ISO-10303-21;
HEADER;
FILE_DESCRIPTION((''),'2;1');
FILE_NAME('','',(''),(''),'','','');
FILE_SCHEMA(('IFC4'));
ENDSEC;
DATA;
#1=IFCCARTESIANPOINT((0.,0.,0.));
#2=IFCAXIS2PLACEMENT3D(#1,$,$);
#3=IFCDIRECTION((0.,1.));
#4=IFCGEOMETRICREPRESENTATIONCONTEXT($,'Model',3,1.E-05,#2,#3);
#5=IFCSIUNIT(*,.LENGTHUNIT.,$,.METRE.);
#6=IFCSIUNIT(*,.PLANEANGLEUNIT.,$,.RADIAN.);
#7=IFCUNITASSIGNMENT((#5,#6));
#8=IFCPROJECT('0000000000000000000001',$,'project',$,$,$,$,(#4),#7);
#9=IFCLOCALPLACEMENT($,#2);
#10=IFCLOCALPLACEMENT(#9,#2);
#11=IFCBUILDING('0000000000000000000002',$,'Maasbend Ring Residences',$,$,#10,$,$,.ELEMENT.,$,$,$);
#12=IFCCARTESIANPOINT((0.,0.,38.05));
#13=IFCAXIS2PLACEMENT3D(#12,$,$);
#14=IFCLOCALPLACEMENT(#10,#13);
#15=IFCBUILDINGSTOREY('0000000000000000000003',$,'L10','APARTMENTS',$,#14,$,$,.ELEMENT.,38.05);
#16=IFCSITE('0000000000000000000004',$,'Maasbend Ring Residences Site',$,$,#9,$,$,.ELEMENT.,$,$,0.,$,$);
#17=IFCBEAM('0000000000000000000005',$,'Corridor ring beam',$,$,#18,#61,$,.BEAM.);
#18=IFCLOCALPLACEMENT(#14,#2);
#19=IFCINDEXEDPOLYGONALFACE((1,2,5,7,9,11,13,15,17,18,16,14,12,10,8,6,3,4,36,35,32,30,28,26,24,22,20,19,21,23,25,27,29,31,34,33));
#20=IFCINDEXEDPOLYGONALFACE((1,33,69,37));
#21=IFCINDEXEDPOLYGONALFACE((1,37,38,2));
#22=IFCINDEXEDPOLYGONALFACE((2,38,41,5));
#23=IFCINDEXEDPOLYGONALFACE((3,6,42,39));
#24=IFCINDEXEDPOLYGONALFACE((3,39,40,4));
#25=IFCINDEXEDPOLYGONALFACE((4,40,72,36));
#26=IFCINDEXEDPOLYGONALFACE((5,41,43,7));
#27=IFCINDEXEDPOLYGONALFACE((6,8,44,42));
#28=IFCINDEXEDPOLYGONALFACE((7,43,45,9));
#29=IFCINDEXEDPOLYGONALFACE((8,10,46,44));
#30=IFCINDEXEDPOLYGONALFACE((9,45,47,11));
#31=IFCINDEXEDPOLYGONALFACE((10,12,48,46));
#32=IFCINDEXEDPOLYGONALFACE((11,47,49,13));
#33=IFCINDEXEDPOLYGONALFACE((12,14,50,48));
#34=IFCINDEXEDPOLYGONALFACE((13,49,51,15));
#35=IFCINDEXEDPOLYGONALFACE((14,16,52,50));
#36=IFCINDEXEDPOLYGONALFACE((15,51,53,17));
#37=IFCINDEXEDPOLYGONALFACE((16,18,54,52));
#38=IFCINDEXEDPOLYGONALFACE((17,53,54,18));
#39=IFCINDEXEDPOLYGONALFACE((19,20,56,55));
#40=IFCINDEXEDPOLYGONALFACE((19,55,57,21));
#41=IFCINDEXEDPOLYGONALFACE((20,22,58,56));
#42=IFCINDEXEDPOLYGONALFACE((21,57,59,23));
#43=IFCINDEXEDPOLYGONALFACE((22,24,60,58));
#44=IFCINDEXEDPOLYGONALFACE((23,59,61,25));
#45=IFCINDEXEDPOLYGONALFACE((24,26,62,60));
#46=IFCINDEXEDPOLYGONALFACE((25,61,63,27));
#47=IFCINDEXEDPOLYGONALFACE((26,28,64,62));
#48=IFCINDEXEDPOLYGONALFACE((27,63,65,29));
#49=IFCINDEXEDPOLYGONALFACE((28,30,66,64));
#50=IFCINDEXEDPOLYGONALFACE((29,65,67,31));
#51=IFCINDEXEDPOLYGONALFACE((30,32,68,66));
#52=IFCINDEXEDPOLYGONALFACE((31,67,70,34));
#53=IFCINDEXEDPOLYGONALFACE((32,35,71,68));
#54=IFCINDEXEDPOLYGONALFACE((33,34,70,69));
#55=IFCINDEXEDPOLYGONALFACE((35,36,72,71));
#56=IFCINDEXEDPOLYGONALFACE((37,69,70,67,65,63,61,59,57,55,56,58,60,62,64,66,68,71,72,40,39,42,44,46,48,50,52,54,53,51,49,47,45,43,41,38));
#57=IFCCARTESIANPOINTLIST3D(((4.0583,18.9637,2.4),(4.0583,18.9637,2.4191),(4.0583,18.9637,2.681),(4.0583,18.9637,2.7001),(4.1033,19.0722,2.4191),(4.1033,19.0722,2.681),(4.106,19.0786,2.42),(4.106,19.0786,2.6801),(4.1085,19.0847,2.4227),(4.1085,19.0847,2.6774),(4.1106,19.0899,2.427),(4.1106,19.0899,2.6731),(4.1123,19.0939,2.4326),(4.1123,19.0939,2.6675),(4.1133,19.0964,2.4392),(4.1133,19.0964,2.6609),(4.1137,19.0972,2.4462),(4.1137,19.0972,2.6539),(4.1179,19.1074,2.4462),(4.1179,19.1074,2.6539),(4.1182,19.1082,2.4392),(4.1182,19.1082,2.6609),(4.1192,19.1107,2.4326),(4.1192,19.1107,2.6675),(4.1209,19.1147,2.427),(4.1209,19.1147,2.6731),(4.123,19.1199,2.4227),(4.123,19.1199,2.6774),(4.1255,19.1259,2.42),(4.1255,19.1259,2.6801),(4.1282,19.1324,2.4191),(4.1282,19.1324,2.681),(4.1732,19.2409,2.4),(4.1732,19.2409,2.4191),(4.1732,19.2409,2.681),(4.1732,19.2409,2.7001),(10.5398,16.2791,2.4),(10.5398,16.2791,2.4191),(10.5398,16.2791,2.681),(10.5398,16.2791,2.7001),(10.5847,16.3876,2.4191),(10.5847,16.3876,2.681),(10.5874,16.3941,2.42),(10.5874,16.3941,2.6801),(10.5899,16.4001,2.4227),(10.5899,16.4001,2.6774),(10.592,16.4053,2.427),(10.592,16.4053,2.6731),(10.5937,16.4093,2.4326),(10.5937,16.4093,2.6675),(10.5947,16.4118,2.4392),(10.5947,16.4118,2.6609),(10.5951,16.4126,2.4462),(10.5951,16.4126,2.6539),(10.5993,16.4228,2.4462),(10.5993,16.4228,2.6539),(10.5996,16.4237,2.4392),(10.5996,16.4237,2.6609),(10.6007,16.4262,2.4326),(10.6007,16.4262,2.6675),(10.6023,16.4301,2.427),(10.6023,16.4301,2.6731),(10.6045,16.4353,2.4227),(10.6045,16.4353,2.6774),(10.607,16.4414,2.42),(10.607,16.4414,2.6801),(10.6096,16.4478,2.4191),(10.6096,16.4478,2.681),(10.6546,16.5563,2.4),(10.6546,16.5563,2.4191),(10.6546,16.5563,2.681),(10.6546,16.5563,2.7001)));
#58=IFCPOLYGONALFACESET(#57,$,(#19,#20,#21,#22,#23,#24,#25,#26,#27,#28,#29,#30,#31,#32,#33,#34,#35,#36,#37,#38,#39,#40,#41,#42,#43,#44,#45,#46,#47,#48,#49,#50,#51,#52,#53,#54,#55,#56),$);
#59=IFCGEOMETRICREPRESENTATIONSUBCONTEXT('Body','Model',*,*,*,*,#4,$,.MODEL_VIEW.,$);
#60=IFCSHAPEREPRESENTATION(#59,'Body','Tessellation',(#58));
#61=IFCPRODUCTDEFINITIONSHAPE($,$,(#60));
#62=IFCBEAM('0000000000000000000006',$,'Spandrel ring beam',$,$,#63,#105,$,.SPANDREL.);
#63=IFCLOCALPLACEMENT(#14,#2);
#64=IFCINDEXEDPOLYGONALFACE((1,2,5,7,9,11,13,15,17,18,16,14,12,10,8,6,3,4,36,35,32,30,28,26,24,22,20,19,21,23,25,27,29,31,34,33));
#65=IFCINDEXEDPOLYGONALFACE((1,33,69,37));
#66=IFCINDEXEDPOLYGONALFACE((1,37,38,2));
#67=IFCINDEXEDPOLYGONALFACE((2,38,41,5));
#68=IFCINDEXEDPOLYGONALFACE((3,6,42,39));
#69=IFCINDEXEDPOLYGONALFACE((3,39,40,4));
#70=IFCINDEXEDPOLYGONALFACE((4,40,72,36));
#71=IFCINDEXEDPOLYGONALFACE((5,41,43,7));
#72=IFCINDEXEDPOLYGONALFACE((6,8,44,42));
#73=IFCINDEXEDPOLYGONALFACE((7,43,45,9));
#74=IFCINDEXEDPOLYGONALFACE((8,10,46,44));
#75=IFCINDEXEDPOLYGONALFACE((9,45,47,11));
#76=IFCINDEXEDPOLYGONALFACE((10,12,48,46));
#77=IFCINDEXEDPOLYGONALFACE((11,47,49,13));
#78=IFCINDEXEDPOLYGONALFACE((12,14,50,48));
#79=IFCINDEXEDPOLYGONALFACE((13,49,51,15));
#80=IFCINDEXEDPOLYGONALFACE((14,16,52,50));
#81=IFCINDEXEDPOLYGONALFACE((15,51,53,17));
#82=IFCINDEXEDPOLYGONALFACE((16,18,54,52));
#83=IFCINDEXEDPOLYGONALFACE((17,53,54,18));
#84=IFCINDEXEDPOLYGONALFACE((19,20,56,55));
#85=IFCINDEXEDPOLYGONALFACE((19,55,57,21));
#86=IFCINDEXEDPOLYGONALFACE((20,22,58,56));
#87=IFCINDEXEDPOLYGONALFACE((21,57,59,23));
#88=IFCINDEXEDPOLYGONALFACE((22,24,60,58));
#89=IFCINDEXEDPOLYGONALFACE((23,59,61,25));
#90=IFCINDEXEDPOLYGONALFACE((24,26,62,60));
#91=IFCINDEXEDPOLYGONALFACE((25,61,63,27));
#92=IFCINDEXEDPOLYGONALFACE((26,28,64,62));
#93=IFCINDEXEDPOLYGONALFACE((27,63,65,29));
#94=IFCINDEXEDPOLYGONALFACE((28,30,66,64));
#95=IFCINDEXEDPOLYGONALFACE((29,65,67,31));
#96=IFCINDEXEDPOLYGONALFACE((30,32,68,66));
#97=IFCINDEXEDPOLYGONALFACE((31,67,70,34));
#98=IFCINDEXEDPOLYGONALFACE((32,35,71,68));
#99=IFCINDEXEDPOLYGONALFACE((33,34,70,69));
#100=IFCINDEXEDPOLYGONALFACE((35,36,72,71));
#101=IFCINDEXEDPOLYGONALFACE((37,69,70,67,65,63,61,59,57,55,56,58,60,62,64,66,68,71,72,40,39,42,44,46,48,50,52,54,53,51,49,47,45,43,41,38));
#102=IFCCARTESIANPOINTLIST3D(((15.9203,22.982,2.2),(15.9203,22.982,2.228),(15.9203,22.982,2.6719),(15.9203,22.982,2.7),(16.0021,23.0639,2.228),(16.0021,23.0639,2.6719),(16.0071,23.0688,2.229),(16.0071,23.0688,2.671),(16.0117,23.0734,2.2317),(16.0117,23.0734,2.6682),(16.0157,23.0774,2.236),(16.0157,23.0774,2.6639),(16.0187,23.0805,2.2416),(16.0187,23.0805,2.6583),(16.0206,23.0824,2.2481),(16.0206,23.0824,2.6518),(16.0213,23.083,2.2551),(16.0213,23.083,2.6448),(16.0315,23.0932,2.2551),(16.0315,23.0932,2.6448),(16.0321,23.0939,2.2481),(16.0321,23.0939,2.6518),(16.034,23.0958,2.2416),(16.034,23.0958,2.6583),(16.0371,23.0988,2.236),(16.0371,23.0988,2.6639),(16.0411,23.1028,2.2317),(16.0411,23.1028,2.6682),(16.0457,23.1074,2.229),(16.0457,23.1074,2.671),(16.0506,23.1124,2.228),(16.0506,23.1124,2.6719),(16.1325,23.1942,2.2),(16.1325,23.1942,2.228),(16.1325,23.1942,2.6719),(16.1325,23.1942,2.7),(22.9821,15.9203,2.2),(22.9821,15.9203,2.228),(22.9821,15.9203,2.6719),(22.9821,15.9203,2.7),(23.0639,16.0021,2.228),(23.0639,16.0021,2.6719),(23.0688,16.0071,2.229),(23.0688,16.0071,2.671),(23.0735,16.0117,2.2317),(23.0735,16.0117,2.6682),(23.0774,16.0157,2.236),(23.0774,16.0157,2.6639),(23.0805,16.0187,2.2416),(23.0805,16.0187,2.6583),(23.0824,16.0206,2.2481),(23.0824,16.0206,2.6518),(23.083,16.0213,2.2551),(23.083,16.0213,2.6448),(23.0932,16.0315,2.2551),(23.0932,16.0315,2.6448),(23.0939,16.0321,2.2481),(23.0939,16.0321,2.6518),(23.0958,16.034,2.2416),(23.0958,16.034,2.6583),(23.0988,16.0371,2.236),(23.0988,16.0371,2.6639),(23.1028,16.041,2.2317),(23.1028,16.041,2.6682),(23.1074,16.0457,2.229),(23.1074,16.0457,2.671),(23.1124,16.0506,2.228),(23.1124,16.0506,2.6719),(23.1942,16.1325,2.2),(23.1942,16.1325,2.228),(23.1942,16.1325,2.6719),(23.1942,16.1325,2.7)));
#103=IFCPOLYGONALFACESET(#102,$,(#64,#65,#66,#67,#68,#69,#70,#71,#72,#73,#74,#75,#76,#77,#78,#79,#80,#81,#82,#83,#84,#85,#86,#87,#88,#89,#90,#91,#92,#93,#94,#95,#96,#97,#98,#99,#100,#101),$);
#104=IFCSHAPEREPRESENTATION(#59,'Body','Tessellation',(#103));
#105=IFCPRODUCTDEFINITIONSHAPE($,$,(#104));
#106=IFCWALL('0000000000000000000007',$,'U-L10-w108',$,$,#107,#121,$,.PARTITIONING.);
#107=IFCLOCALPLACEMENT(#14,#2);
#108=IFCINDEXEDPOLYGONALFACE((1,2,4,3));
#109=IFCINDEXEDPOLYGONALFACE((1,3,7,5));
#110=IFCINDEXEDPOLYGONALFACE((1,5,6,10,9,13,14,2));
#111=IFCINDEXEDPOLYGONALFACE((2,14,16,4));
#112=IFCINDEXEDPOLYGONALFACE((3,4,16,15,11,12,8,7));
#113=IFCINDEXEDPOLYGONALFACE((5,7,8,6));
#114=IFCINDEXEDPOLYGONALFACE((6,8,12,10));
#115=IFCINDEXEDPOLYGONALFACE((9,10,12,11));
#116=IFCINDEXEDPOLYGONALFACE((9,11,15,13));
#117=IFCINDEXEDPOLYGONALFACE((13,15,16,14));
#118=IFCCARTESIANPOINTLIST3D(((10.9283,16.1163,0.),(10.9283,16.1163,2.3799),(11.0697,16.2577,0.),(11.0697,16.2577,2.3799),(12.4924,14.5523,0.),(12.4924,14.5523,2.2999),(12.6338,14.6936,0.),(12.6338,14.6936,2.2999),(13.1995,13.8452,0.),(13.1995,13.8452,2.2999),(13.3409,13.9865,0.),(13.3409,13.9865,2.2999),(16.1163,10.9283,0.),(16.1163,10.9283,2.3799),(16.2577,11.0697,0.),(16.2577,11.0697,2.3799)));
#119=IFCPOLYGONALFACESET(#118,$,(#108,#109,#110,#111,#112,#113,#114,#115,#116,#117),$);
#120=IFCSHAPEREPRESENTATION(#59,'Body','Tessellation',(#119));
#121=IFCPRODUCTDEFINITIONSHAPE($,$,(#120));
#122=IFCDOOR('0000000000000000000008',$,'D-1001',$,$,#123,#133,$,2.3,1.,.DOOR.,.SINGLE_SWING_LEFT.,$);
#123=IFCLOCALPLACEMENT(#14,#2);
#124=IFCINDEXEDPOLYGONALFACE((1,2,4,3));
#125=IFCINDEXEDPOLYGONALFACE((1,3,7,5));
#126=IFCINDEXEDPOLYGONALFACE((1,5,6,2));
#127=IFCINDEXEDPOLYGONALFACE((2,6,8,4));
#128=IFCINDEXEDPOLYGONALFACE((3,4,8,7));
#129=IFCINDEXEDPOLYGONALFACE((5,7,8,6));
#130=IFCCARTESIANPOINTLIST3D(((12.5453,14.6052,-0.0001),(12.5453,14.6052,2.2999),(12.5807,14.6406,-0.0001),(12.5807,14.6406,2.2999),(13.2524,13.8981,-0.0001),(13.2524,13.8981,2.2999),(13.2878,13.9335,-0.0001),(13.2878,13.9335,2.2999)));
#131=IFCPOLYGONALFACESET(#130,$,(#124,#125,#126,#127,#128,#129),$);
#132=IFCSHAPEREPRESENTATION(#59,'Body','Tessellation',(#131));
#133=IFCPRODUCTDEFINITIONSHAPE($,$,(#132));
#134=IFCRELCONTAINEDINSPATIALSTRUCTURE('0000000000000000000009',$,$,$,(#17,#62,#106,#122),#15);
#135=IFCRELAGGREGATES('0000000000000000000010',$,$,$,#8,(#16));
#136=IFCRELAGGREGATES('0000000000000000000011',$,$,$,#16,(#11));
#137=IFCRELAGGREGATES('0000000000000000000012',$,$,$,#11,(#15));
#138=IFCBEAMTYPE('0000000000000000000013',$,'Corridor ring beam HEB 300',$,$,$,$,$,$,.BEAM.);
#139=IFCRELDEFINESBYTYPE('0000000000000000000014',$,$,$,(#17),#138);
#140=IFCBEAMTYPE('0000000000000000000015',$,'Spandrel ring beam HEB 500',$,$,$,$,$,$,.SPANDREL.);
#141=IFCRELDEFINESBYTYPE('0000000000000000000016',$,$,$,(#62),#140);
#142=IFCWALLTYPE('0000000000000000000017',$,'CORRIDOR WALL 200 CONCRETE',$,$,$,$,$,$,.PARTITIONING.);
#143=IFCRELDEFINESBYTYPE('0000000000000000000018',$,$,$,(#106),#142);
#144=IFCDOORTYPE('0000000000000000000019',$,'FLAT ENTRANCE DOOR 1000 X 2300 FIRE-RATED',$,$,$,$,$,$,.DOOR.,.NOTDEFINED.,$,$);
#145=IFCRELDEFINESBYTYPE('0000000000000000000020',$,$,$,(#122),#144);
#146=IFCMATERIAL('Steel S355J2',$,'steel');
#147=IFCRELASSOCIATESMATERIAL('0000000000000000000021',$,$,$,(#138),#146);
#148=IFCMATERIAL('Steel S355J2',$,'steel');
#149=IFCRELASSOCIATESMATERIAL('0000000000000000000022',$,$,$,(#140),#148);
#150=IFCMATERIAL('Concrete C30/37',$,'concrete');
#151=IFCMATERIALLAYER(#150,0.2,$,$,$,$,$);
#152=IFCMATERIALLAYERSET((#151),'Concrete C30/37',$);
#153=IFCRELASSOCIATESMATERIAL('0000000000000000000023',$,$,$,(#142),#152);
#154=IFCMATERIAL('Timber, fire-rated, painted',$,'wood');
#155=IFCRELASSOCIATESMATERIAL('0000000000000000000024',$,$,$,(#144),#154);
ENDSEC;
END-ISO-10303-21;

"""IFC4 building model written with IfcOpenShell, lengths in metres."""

from ifc_helpers import new_model, si_unit, direction, frame, frame_2d, origin, origin_2d, place, context, subcontext, project, spatial, rectangle, i_section, extrude, material, layer, layer_set, material_profile, profile_set, type_object, element, fill, save


model = new_model("IFC4")

# Units and contexts
model_context = context("Model", 3, precision=1e-05, world=origin(), true_north=direction((0.0, 1.0)))
body_context = subcontext(model_context, "Body", "Model", "MODEL_VIEW")
ifc_project = project(units=[si_unit("LENGTHUNIT", "METRE"), si_unit("PLANEANGLEUNIT", "RADIAN")], contexts=[model_context])

# Site, building, storey
site_placement = place(None, origin())
site = spatial("IfcSite", under=ifc_project, at=site_placement, Name="Maasbend Ring Residences Site", CompositionType="ELEMENT", RefElevation=0.0)
building_placement = place(site_placement, origin())
building = spatial("IfcBuilding", under=site, at=building_placement, Name="Maasbend Ring Residences", CompositionType="ELEMENT")
storey_placement = place(building_placement, frame((0.0, 0.0, 38.05)))
storey = spatial("IfcBuildingStorey", under=building, at=storey_placement, Name="L10", Description="APARTMENTS", CompositionType="ELEMENT", Elevation=38.05)

# Beams
ifc_material_1 = material(Name="Steel S355J2", Category="steel")
ifc_material_profile_1 = material_profile(ifc_material_1, i_section(OverallWidth=0.3, OverallDepth=0.3, WebThickness=0.011, FlangeThickness=0.019, FilletRadius=0.0271, at=origin_2d()), Name="HEB 300")
ifc_profile_set_1 = profile_set([ifc_material_profile_1], Name="Steel S355J2")
beam_type_1 = type_object("IfcBeamType", Name="Corridor ring beam HEB 300", PredefinedType="BEAM", material=ifc_profile_set_1)
beam_1_placement = place(storey_placement, frame((10.5972, 16.4177, 2.55), z_axis=(-0.923886, 0.382667, 0.0), x_axis=(-0.382667, -0.923886, 0.0)))
element("IfcBeam", 1, at=beam_1_placement, inside=storey, type_object=beam_type_1, Name="Corridor ring beam", PredefinedType="BEAM", context=body_context, shape_type="SweptSolid", body=[
    extrude(i_section(OverallWidth=0.3, OverallDepth=0.3, WebThickness=0.011, FlangeThickness=0.019, FilletRadius=0.0271, at=origin_2d()), origin(), (0.0, 0.0, 1.0), 7.0154),
])
ifc_material_2 = material(Name="Steel S355J2", Category="steel")
ifc_material_profile_2 = material_profile(ifc_material_2, i_section(OverallWidth=0.3, OverallDepth=0.5, WebThickness=0.0144, FlangeThickness=0.0281, FilletRadius=0.0271, at=origin_2d()), Name="HEB 500")
ifc_profile_set_2 = profile_set([ifc_material_profile_2], Name="Steel S355J2")
beam_type_2 = type_object("IfcBeamType", Name="Spandrel ring beam HEB 500", PredefinedType="SPANDREL", material=ifc_profile_set_2)
beam_2_placement = place(storey_placement, frame((23.0881, 16.0264, 2.45), z_axis=(-0.707107, 0.707107, 0.0), x_axis=(-0.707107, -0.707107, 0.0)))
element("IfcBeam", 2, at=beam_2_placement, inside=storey, type_object=beam_type_2, Name="Spandrel ring beam", PredefinedType="SPANDREL", context=body_context, shape_type="SweptSolid", body=[
    extrude(i_section(OverallWidth=0.3, OverallDepth=0.5, WebThickness=0.0144, FlangeThickness=0.0281, FilletRadius=0.0271, at=origin_2d()), origin(), (0.0, 0.0, 1.0), 9.9868),
])

# Wall, opening, door
ifc_material_3 = material(Name="Concrete C30/37", Category="concrete")
ifc_layer_1 = layer(ifc_material_3, 0.2)
ifc_layer_set_1 = layer_set([ifc_layer_1], Name="Concrete C30/37")
wall_type_1 = type_object("IfcWallType", Name="CORRIDOR WALL 200 CONCRETE", PredefinedType="PARTITIONING", material=ifc_layer_set_1)
wall_1_placement = place(storey_placement, frame((10.999, 16.187, 0.0), z_axis=(0.0, 0.0, 1.0), x_axis=(0.707107, -0.707107, 0.0)))
wall_1 = element("IfcWall", 3, at=wall_1_placement, inside=storey, type_object=wall_type_1, Name="U-L10-w108", PredefinedType="PARTITIONING", context=body_context, shape_type="SweptSolid", body=[
    extrude(rectangle(XDim=7.3369, YDim=0.2, at=frame_2d((3.6685, 0.0))), origin(), (0.0, 0.0, 1.0), 2.3799),
])
opening_1_placement = place(wall_1_placement, frame((2.2119, 0.0, 0.0)))
opening_1 = element("IfcOpeningElement", 4, at=opening_1_placement, cuts=wall_1, PredefinedType="OPENING", context=body_context, shape_type="SweptSolid", body=[
    extrude(rectangle(XDim=1.0, YDim=2.3, at=frame_2d((0.5, 1.1499))), frame((0.0, 0.1099, 0.0), z_axis=(0.0, -1.0, 0.0), x_axis=(1.0, 0.0, 0.0)), (0.0, 0.0, 1.0), 0.22),
])
ifc_material_4 = material(Name="Timber, fire-rated, painted", Category="wood")
door_type_1 = type_object("IfcDoorType", Name="FLAT ENTRANCE DOOR 1000 X 2300 FIRE-RATED", OperationType="NOTDEFINED", PredefinedType="DOOR", material=ifc_material_4)
door_1_placement = place(opening_1_placement, origin())
door_1 = element("IfcDoor", 5, at=door_1_placement, inside=storey, type_object=door_type_1, Name="D-1001", OperationType="SINGLE_SWING_LEFT", OverallHeight=2.3, OverallWidth=1.0, PredefinedType="DOOR", context=body_context, shape_type="SweptSolid", body=[
    extrude(rectangle(XDim=1.0, YDim=2.3, at=frame_2d((0.5, 1.1499))), frame((0.0, 0.0249, 0.0), z_axis=(0.0, -1.0, 0.0), x_axis=(1.0, 0.0, 0.0)), (0.0, 0.0, 1.0), 0.05),
])
fill(opening_1, door_1)

save(model, "model.ifc")
